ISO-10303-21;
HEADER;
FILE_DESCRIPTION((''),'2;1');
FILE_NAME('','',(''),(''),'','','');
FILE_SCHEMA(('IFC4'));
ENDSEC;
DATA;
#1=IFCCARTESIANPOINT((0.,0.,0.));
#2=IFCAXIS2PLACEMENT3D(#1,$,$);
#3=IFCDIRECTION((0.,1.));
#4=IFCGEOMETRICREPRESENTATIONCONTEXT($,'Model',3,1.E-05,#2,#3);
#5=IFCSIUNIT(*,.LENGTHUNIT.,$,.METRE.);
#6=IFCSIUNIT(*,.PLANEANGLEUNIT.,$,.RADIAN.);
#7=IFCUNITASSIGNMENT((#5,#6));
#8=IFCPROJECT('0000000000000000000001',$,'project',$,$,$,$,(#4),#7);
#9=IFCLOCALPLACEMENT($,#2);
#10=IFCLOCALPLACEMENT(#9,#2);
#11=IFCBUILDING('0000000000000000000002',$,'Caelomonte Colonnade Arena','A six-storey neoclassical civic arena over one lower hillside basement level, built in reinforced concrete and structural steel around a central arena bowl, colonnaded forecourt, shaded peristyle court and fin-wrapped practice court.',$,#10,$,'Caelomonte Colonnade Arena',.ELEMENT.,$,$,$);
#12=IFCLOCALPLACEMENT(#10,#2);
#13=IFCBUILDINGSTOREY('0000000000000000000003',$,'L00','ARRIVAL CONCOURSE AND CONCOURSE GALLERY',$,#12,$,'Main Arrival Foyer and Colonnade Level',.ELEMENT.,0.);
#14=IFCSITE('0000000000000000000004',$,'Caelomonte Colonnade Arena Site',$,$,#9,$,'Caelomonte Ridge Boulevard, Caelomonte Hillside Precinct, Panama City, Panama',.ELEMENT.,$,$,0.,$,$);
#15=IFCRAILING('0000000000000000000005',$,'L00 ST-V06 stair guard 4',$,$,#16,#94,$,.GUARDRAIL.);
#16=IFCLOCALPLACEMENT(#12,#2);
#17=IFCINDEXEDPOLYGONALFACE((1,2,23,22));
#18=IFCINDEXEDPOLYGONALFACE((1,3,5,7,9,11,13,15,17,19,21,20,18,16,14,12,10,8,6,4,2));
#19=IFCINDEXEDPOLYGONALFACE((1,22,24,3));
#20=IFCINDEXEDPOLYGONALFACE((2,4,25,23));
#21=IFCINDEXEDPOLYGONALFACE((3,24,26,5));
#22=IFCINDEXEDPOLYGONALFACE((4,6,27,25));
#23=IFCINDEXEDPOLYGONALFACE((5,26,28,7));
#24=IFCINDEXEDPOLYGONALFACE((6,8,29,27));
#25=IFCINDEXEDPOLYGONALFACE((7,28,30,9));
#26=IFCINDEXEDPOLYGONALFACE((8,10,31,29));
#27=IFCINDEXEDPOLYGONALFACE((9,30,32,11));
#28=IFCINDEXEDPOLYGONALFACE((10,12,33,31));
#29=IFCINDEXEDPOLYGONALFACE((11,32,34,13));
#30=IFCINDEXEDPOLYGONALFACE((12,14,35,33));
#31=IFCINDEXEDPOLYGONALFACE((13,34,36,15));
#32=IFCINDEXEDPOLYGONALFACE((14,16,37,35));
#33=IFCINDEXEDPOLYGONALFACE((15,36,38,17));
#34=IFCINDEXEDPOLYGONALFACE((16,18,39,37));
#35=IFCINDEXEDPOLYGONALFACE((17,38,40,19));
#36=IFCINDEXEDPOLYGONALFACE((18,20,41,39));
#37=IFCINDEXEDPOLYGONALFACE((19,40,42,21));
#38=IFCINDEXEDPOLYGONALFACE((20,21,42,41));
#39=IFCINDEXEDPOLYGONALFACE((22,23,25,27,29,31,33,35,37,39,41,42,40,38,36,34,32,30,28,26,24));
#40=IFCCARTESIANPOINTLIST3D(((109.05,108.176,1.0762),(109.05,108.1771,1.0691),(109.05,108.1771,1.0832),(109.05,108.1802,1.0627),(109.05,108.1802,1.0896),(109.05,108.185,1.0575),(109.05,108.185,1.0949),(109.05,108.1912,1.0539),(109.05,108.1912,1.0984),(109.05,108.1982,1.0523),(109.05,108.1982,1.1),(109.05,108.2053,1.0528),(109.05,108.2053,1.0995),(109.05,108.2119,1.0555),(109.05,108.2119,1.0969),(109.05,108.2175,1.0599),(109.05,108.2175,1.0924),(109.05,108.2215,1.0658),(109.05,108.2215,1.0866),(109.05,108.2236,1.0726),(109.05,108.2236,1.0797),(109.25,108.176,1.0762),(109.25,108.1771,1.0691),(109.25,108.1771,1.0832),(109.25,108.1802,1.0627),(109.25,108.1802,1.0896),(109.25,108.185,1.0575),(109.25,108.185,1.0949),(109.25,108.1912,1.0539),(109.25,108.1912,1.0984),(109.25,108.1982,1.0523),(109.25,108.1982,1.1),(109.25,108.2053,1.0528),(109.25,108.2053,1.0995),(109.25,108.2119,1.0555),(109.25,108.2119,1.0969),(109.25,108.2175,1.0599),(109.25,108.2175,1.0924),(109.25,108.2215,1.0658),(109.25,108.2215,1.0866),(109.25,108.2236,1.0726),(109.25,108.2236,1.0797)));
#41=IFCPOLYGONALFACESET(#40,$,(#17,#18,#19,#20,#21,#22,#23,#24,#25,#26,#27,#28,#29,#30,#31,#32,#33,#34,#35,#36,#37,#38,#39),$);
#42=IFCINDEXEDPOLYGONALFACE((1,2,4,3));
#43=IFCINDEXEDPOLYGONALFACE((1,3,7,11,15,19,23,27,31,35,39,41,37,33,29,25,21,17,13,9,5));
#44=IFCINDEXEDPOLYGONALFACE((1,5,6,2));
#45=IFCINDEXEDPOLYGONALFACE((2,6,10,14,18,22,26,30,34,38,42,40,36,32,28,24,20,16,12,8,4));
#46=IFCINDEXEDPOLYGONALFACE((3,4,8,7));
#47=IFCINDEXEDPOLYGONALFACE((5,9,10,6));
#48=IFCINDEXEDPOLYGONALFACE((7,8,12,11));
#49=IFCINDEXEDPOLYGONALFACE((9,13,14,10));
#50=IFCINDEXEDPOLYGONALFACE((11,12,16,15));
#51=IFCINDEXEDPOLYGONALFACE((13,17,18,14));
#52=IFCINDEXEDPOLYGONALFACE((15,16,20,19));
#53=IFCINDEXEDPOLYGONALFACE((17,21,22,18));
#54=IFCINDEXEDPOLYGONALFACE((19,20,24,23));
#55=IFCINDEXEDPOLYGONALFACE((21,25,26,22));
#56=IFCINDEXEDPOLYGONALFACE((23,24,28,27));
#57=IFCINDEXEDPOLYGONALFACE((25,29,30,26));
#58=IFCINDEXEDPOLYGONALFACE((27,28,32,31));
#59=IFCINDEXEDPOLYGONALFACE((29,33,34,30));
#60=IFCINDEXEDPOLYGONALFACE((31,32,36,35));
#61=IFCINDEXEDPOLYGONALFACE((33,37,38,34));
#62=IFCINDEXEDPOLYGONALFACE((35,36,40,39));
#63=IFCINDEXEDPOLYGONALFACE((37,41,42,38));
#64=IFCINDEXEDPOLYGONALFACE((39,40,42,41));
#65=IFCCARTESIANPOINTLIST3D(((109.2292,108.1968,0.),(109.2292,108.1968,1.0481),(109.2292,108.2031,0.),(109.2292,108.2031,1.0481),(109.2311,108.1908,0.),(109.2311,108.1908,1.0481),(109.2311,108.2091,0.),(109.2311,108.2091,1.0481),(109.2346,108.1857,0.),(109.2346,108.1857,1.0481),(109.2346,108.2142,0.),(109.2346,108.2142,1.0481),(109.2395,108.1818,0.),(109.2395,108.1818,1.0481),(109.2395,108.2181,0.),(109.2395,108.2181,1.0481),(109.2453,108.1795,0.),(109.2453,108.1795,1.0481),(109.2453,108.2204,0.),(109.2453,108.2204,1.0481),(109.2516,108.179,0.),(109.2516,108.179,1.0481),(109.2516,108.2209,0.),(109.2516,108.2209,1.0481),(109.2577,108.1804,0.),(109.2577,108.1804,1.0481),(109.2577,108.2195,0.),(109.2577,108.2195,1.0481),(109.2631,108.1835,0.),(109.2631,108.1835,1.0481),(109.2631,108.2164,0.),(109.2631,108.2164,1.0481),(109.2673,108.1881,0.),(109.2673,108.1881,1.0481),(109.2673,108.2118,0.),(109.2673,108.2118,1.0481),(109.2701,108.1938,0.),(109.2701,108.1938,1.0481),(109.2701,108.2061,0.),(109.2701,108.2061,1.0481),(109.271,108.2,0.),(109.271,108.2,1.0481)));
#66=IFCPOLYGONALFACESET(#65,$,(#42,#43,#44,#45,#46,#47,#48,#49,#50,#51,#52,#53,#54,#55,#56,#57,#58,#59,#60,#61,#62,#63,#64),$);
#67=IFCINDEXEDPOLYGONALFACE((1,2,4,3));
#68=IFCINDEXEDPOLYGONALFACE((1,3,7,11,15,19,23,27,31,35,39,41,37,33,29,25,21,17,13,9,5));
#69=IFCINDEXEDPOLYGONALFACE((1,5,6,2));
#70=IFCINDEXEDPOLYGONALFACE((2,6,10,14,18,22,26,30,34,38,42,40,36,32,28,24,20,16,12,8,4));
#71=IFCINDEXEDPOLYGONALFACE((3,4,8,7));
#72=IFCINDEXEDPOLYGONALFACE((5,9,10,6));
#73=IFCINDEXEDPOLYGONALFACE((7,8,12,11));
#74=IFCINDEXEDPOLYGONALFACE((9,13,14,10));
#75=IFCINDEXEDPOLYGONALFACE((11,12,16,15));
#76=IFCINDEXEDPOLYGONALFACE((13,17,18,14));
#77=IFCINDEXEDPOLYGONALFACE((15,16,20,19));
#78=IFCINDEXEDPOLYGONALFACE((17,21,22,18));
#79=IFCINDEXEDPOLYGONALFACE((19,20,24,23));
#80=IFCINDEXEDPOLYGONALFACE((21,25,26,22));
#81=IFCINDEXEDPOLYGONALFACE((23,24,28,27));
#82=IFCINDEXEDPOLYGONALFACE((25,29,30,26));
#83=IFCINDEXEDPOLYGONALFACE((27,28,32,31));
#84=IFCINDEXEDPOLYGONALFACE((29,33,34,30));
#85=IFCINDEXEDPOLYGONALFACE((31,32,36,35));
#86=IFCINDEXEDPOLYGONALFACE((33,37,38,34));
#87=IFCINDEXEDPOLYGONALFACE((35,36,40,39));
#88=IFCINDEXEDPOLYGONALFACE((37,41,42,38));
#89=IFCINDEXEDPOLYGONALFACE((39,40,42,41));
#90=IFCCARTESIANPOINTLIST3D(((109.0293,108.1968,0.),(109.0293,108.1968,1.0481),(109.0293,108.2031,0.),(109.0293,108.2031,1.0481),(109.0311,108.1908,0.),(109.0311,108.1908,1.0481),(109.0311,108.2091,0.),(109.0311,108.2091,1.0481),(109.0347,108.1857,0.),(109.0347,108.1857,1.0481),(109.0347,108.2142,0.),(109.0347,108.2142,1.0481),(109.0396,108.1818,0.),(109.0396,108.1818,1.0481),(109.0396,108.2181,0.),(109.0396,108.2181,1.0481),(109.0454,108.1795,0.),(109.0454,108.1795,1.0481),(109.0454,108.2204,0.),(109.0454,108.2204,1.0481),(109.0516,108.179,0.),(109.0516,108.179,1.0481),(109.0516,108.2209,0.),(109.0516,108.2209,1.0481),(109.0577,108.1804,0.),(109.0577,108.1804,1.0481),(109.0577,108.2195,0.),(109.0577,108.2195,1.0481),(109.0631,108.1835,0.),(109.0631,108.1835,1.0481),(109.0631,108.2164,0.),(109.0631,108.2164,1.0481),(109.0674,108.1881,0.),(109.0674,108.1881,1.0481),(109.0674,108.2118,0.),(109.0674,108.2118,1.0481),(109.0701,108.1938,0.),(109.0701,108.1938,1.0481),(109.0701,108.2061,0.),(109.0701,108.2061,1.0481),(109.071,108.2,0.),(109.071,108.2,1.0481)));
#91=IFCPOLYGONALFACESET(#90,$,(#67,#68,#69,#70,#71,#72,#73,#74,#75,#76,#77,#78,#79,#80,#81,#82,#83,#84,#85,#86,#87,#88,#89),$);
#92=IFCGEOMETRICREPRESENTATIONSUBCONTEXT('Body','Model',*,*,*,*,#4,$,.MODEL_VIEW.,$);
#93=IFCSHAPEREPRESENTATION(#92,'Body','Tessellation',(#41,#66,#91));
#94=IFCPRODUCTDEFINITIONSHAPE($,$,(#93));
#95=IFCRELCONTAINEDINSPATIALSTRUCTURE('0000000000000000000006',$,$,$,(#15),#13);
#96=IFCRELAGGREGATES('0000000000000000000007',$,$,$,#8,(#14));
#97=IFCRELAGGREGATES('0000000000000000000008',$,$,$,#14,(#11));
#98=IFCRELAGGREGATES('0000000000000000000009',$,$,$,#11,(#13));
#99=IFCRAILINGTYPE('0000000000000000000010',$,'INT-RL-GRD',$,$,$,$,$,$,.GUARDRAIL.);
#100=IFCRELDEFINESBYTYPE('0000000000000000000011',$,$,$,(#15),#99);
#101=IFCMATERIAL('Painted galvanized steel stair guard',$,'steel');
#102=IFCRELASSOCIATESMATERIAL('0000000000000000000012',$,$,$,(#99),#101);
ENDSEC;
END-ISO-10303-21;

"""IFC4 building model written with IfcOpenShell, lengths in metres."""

from ifc_helpers import new_model, si_unit, direction, frame, origin, origin_2d, place, context, subcontext, project, spatial, circle, extrude, material, type_object, element, save


model = new_model("IFC4")

# Units and contexts
model_context = context("Model", 3, precision=1e-05, world=origin(), true_north=direction((0.0, 1.0)))
body_context = subcontext(model_context, "Body", "Model", "MODEL_VIEW")
ifc_project = project(units=[si_unit("LENGTHUNIT", "METRE"), si_unit("PLANEANGLEUNIT", "RADIAN")], contexts=[model_context])

# Site, building, storey
site_placement = place(None, origin())
site = spatial("IfcSite", under=ifc_project, at=site_placement, Name="Caelomonte Colonnade Arena Site", LongName="Caelomonte Ridge Boulevard, Caelomonte Hillside Precinct, Panama City, Panama", CompositionType="ELEMENT", RefElevation=0.0)
building_placement = place(site_placement, origin())
building = spatial("IfcBuilding", under=site, at=building_placement, Name="Caelomonte Colonnade Arena", Description="A six-storey neoclassical civic arena over one lower hillside basement level, built in reinforced concrete and structural steel around a central arena bowl, colonnaded forecourt, shaded peristyle court and fin-wrapped practice court.", LongName="Caelomonte Colonnade Arena", CompositionType="ELEMENT")
storey_placement = place(building_placement, origin())
storey = spatial("IfcBuildingStorey", under=building, at=storey_placement, Name="L00", Description="ARRIVAL CONCOURSE AND CONCOURSE GALLERY", LongName="Main Arrival Foyer and Colonnade Level", CompositionType="ELEMENT", Elevation=0.0)

# Railing
ifc_material_1 = material(Name="Painted galvanized steel stair guard", Category="steel")
railing_type_1 = type_object("IfcRailingType", Name="INT-RL-GRD", PredefinedType="GUARDRAIL", material=ifc_material_1)
railing_1_placement = place(storey_placement, frame((109.25, 108.2, 0.0)))
element("IfcRailing", 1, at=railing_1_placement, inside=storey, type_object=railing_type_1, Name="L00 ST-V06 stair guard 4", PredefinedType="GUARDRAIL", context=body_context, shape_type="SweptSolid", body=[
    extrude(circle(Radius=0.0239, at=origin_2d()), frame((0.0, 0.0, 1.0762), z_axis=(-1.0, 0.0, 0.0), x_axis=(0.0, -1.0, 0.0)), (0.0, 0.0, 1.0), 0.2),
    extrude(circle(Radius=0.021, at=origin_2d()), origin(), (0.0, 0.0, 1.0), 1.0481),
    extrude(circle(Radius=0.021, at=origin_2d()), frame((-0.2, 0.0, 0.0)), (0.0, 0.0, 1.0), 1.0481),
])

save(model, "model.ifc")
